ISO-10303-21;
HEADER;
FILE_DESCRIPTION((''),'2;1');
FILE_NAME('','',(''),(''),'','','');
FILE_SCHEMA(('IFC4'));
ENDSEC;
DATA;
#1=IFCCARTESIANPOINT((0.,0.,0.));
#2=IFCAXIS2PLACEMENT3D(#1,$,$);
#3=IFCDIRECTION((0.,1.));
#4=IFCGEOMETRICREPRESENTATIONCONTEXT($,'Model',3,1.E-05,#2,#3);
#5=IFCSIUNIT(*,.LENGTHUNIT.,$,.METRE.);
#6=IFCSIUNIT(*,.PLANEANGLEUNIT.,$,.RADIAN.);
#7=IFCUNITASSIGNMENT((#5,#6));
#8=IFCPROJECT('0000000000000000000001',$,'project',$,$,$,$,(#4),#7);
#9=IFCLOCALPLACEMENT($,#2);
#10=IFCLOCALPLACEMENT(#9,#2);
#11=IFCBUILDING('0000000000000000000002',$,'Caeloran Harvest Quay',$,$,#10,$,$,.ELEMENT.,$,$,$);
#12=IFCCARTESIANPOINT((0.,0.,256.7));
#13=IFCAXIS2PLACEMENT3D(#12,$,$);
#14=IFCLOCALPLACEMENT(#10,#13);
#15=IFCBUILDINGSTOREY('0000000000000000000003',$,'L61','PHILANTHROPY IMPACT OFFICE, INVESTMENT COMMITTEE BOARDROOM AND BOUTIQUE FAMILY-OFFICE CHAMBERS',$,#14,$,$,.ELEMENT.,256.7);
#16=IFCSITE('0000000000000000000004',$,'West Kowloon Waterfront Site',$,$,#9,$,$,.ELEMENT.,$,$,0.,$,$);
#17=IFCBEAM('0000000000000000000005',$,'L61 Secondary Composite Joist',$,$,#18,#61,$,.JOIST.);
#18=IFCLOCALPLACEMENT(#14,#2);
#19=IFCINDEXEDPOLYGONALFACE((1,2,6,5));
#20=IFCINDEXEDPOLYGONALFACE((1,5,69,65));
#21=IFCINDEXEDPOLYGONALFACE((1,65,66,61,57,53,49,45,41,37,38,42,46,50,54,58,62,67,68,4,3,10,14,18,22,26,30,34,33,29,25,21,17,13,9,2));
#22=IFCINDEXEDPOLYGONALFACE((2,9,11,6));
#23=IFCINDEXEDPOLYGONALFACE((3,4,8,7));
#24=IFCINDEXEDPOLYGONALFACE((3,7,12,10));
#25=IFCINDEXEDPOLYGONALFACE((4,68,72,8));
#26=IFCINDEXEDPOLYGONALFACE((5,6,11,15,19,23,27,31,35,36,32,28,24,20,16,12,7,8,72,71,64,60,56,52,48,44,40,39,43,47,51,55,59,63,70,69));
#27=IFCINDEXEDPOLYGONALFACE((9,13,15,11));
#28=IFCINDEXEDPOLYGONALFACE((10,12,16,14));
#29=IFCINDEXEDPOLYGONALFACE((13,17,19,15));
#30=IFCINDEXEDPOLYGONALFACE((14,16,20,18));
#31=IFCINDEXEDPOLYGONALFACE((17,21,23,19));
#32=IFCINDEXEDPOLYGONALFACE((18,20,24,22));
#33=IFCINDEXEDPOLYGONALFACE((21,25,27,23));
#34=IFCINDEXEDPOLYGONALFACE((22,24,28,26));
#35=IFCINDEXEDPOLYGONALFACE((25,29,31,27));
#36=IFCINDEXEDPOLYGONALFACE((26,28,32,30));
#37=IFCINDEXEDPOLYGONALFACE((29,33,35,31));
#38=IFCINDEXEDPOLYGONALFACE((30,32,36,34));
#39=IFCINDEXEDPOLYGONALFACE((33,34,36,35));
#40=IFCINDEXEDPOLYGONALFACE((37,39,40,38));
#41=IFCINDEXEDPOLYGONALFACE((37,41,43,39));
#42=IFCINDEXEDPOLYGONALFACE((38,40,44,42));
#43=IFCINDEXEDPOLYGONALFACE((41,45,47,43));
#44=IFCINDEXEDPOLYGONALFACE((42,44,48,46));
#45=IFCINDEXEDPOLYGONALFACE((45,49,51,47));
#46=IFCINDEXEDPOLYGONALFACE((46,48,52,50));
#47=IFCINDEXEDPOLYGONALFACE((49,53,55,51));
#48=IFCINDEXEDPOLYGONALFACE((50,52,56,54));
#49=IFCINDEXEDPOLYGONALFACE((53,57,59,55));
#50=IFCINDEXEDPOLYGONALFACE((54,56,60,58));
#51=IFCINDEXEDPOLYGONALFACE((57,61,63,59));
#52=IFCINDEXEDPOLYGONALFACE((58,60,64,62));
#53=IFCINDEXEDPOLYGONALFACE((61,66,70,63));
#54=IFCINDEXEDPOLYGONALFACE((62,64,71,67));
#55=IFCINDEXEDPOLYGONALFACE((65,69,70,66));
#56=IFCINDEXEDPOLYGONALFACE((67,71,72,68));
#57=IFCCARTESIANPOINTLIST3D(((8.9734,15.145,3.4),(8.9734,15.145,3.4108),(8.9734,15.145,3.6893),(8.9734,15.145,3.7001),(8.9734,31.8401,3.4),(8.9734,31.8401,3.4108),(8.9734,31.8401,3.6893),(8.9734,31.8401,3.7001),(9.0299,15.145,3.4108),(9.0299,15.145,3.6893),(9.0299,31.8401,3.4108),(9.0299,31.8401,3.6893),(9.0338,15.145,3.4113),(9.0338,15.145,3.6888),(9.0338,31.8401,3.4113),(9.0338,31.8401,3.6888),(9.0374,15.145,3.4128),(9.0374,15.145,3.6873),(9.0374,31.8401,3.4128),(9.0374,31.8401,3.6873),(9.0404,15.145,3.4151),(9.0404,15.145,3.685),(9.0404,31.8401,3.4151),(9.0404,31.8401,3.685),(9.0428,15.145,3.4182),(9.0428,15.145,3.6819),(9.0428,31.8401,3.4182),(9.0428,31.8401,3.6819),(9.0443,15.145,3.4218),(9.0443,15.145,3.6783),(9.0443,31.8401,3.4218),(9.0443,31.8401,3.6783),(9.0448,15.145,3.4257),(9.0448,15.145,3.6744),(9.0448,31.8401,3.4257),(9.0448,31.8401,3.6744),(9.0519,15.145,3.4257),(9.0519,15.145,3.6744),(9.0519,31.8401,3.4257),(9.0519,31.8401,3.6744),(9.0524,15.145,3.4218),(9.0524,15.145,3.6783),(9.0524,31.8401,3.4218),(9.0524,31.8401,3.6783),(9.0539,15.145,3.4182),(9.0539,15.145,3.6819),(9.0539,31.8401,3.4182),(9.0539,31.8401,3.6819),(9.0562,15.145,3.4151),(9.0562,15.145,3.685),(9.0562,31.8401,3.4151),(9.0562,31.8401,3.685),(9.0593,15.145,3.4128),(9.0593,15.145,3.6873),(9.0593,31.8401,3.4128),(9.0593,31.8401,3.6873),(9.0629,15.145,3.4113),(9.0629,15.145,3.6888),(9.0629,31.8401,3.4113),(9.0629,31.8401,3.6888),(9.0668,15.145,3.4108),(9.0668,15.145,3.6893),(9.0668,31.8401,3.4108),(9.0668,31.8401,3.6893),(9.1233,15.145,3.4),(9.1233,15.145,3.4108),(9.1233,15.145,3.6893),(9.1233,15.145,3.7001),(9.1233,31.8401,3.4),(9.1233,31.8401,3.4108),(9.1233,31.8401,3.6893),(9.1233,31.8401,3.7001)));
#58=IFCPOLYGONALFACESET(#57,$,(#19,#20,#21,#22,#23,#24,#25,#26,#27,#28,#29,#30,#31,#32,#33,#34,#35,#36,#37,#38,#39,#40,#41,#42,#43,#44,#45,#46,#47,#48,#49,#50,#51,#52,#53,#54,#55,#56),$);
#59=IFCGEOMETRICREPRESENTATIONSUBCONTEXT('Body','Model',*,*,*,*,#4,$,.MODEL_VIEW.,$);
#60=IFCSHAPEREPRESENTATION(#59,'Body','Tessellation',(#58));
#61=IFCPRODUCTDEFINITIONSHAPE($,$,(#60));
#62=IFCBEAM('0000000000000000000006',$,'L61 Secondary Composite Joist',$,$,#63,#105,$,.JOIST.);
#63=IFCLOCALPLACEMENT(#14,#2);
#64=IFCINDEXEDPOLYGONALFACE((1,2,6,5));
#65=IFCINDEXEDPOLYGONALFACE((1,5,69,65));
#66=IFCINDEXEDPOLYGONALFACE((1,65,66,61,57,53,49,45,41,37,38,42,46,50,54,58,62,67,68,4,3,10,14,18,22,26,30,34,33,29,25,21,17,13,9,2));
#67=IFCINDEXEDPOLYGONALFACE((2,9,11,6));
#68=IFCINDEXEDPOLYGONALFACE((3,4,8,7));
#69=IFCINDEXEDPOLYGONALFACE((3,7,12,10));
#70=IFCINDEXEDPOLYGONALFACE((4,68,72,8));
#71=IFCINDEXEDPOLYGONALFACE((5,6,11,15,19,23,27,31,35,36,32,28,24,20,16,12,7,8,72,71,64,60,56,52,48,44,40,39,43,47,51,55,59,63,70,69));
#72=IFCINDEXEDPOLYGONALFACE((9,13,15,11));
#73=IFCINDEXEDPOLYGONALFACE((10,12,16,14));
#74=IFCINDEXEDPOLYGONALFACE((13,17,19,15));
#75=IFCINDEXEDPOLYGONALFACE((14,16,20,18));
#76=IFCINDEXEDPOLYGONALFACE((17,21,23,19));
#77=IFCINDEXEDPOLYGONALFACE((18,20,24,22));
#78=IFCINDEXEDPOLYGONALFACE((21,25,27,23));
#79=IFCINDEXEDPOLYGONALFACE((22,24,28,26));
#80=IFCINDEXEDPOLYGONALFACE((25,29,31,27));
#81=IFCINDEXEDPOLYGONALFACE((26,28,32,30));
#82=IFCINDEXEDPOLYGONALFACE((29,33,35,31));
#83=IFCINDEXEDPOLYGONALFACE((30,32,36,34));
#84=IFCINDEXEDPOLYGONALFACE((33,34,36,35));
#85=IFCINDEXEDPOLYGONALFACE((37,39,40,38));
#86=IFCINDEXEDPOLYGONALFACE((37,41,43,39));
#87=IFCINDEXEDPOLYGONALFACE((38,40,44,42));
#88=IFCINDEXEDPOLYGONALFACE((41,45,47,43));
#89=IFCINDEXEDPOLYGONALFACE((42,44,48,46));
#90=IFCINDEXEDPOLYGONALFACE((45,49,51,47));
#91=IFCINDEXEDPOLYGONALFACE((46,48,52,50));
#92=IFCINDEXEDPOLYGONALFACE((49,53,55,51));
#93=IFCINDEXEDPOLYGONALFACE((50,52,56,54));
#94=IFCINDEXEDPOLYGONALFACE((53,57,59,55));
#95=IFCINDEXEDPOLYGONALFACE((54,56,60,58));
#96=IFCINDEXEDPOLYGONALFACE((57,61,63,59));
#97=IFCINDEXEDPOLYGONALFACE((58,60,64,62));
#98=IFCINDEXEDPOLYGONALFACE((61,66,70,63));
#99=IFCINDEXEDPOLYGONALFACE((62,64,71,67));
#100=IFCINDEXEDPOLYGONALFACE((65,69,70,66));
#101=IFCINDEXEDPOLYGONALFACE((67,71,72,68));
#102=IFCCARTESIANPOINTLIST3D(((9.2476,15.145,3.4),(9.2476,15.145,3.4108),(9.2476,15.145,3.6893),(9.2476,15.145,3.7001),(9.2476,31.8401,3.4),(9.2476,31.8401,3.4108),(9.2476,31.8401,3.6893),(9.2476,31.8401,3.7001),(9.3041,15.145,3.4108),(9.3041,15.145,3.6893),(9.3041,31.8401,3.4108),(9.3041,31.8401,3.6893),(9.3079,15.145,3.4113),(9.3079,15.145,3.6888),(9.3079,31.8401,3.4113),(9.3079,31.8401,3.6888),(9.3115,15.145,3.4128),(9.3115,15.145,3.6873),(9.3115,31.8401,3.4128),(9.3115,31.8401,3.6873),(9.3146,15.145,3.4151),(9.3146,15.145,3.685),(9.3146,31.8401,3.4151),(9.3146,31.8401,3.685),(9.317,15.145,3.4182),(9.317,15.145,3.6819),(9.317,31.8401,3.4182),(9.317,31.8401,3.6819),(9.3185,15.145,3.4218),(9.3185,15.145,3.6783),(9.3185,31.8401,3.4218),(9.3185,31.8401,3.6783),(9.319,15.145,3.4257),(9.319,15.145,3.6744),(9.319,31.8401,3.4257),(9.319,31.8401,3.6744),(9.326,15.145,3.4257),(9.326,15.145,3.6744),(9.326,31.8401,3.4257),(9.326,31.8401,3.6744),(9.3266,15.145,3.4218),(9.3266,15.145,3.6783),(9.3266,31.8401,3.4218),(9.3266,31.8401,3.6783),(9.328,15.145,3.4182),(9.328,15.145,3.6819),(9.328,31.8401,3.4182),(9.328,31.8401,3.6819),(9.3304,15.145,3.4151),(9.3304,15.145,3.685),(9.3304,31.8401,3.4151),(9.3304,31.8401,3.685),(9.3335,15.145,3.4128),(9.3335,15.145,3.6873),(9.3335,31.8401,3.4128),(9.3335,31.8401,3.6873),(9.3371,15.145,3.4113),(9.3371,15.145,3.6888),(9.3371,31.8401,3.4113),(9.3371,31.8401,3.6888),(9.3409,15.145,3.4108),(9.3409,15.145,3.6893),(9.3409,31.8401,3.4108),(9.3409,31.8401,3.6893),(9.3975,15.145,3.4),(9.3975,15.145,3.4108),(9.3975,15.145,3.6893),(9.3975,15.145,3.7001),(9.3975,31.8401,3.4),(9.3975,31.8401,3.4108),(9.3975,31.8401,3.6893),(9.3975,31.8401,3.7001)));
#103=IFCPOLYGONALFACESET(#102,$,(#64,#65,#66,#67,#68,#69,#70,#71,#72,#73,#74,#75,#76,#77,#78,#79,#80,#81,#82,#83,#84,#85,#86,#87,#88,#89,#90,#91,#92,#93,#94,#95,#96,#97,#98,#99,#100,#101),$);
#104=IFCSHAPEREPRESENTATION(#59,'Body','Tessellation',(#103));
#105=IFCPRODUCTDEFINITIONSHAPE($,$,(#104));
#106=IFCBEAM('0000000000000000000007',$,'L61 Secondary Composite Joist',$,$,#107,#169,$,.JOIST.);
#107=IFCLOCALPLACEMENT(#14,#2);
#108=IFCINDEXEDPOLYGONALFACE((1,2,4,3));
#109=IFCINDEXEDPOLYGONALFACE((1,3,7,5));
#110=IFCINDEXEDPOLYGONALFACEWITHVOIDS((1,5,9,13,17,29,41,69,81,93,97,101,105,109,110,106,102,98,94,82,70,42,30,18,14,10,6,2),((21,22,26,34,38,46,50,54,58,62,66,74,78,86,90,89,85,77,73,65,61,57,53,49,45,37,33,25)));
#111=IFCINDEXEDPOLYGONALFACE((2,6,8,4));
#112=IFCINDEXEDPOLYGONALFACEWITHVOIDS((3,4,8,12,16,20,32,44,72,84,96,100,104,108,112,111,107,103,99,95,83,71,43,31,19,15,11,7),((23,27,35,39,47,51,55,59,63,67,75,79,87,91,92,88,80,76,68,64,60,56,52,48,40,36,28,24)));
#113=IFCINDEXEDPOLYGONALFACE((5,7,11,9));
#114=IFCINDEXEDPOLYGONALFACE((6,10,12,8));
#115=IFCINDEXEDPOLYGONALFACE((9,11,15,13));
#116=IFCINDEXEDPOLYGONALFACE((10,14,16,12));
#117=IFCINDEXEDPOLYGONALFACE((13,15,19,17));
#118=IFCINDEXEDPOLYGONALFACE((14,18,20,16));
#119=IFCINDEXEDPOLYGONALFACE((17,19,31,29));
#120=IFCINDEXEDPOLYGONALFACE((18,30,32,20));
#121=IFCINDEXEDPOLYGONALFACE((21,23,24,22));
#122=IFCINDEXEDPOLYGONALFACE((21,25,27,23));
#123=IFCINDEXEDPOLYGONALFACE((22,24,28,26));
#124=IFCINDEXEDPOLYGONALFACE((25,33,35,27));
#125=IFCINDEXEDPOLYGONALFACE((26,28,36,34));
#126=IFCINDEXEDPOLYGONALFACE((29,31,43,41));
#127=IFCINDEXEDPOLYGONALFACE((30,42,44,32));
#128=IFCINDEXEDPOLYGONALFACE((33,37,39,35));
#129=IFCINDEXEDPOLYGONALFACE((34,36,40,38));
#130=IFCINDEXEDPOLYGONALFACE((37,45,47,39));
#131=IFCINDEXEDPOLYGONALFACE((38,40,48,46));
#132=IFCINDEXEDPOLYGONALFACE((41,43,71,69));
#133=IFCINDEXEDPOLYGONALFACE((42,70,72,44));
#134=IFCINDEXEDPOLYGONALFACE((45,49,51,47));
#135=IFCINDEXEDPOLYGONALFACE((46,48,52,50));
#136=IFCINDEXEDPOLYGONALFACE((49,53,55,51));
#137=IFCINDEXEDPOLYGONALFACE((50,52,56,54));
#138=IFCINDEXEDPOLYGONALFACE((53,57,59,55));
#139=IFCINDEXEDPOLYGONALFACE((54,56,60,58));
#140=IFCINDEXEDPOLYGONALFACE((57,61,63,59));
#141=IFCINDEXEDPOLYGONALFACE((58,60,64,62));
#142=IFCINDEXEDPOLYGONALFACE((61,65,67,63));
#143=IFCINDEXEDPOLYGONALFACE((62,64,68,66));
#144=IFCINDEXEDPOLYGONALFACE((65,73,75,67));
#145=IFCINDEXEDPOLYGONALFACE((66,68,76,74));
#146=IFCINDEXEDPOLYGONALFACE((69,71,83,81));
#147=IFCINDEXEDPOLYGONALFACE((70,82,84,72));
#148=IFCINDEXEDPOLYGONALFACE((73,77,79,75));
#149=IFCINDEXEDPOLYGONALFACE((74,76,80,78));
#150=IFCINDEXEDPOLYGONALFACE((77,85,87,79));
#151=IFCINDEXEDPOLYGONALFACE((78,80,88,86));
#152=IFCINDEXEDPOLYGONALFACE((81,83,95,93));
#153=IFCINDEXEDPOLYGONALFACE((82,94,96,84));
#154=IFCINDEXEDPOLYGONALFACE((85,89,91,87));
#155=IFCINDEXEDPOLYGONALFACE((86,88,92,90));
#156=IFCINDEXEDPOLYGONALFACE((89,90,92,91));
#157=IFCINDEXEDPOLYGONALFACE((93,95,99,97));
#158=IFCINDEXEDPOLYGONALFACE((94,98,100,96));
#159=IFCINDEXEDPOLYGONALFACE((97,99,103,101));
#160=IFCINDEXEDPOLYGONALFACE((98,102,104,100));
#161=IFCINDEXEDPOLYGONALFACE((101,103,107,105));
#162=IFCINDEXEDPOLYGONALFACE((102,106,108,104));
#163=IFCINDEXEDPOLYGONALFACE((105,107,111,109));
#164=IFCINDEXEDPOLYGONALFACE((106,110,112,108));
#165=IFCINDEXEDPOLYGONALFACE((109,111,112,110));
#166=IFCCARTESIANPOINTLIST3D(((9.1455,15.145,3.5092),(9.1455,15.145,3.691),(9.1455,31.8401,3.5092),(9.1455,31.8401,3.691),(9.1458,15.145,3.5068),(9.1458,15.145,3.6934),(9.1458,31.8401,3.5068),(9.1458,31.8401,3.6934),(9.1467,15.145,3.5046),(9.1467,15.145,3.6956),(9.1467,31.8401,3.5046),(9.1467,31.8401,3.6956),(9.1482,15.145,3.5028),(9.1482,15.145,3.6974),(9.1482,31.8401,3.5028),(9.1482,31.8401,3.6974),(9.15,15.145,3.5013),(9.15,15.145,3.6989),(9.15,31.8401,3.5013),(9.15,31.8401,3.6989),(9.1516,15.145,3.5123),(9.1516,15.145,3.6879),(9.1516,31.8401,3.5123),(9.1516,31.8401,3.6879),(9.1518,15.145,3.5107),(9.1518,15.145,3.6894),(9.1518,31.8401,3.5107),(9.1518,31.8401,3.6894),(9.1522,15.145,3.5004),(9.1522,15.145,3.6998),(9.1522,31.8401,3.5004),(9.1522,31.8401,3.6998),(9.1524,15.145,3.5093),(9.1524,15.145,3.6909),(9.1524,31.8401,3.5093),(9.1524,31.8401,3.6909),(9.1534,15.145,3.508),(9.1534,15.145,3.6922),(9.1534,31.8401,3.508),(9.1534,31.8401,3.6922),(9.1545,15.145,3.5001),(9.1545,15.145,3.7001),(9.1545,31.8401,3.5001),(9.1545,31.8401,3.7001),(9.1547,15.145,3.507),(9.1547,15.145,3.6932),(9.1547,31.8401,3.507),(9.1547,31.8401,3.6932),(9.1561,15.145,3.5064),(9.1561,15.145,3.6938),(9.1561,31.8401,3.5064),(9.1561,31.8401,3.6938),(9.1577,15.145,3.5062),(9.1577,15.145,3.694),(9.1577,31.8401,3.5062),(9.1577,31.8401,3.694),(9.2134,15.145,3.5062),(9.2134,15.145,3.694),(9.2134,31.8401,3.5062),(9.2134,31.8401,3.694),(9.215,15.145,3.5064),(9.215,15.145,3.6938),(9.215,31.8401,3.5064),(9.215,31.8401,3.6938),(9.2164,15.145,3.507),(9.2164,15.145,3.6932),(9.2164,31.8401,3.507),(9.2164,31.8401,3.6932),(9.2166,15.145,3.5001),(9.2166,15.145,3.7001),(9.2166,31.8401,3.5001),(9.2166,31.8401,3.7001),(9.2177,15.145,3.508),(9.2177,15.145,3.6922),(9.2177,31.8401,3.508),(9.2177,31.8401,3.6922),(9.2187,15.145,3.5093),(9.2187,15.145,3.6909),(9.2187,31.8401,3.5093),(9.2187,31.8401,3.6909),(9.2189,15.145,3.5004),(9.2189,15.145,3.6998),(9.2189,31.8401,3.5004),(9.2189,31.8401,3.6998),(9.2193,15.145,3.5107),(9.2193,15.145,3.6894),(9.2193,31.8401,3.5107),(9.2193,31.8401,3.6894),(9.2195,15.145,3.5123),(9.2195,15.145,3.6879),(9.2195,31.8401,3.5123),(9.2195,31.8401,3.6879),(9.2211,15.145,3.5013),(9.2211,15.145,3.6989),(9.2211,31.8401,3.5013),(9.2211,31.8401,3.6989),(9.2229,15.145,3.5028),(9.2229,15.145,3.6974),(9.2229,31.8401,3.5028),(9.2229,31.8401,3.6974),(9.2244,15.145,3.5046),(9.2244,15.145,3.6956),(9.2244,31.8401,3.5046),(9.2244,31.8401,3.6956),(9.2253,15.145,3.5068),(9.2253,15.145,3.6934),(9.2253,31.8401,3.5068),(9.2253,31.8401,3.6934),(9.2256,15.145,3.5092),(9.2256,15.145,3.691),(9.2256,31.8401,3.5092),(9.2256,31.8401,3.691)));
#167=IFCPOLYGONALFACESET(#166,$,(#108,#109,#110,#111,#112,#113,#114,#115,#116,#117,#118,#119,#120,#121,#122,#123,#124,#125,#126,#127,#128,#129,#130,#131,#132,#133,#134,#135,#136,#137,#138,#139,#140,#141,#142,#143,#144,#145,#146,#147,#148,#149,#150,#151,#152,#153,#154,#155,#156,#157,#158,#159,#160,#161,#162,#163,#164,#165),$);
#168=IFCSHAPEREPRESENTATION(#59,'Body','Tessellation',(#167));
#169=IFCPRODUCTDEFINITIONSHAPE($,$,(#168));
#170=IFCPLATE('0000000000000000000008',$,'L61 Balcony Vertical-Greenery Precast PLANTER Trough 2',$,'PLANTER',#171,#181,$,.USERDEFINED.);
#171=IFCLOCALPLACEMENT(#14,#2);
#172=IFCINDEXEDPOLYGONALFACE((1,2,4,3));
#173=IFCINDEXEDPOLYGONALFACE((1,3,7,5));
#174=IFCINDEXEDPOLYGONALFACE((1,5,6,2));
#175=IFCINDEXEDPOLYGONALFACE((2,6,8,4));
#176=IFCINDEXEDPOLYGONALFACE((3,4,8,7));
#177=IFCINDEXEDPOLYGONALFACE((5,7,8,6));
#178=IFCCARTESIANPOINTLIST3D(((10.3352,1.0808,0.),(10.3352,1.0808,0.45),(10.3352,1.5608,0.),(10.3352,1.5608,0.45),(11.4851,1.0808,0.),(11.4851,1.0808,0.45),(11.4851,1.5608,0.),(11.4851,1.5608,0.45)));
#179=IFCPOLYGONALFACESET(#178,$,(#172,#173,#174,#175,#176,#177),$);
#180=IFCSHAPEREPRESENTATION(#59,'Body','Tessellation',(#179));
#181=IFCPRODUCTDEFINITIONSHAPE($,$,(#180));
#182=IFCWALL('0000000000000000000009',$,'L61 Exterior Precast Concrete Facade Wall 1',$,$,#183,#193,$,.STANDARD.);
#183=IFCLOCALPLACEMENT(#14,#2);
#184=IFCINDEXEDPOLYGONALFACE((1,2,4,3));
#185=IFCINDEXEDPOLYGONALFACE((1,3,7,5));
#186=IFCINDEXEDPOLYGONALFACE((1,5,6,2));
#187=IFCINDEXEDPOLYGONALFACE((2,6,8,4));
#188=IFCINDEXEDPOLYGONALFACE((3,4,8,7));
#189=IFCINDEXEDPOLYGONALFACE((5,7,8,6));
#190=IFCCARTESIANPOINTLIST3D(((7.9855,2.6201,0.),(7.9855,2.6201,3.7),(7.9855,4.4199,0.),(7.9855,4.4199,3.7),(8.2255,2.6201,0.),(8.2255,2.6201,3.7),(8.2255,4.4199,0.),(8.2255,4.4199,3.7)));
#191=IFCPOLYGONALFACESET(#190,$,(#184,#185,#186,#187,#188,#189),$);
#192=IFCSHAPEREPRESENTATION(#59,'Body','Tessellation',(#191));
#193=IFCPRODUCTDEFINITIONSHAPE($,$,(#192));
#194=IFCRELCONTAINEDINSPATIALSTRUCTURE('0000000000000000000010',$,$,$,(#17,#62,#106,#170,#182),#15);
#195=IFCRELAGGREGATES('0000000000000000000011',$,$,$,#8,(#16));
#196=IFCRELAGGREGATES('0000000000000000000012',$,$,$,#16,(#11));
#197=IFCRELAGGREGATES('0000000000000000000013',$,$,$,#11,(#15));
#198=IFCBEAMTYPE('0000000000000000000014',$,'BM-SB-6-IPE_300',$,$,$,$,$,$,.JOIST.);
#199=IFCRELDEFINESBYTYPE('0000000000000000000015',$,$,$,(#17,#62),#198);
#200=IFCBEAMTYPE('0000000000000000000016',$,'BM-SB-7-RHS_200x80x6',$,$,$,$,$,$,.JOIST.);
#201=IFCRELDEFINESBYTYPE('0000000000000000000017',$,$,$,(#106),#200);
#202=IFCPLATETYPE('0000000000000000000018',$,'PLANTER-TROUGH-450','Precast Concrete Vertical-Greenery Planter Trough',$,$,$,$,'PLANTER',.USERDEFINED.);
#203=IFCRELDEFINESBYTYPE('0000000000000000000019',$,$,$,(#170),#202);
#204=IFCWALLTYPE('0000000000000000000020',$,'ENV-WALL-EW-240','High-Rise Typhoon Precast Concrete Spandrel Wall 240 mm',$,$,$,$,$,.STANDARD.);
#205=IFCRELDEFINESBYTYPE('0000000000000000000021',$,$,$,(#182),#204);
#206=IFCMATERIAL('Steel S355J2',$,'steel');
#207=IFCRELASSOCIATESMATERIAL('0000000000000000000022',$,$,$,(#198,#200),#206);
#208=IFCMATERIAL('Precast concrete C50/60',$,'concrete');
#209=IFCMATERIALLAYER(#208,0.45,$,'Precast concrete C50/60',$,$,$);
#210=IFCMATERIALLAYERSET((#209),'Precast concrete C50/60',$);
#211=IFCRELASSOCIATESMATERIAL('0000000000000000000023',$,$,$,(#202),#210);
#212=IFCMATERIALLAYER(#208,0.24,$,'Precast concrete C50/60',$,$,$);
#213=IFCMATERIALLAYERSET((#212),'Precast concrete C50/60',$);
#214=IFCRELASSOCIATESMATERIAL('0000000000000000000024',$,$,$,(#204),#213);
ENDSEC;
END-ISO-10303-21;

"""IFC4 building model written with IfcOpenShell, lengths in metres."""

from ifc_helpers import new_model, si_unit, direction, frame, frame_2d, origin, origin_2d, place, context, subcontext, project, spatial, rectangle, hollow_rectangle, i_section, extrude, material, layer, layer_set, material_profile, profile_set, type_object, element, save


model = new_model("IFC4")

# Units and contexts
model_context = context("Model", 3, precision=1e-05, world=origin(), true_north=direction((0.0, 1.0)))
body_context = subcontext(model_context, "Body", "Model", "MODEL_VIEW")
ifc_project = project(units=[si_unit("LENGTHUNIT", "METRE"), si_unit("PLANEANGLEUNIT", "RADIAN")], contexts=[model_context])

# Site, building, storey
site_placement = place(None, origin())
site = spatial("IfcSite", under=ifc_project, at=site_placement, Name="West Kowloon Waterfront Site", CompositionType="ELEMENT", RefElevation=0.0)
building_placement = place(site_placement, origin())
building = spatial("IfcBuilding", under=site, at=building_placement, Name="Caeloran Harvest Quay", CompositionType="ELEMENT")
storey_placement = place(building_placement, frame((0.0, 0.0, 256.7)))
storey = spatial("IfcBuildingStorey", under=building, at=storey_placement, Name="L61", Description="PHILANTHROPY IMPACT OFFICE, INVESTMENT COMMITTEE BOARDROOM AND BOUTIQUE FAMILY-OFFICE CHAMBERS", CompositionType="ELEMENT", Elevation=256.7)

# Beams
ifc_material_1 = material(Name="Steel S355J2", Category="steel")
ifc_material_profile_1 = material_profile(ifc_material_1, i_section(OverallWidth=0.1499, OverallDepth=0.3, WebThickness=0.0071, FlangeThickness=0.0107, FilletRadius=0.0149, at=origin_2d()), Name="IPE 300")
ifc_profile_set_1 = profile_set([ifc_material_profile_1], Name="Steel S355J2")
beam_type_1 = type_object("IfcBeamType", Name="BM-SB-6-IPE_300", PredefinedType="JOIST", material=ifc_profile_set_1)
for number, where, z_axis, x_axis, name in (
    (1, (9.0483, 15.145, 3.55), (0.0, 1.0, 0.0), (-1.0, 0.0, 0.0), "L61 Secondary Composite Joist"),
    (2, (9.3225, 15.145, 3.55), (0.0, 1.0, 0.0), (-1.0, 0.0, 0.0), "L61 Secondary Composite Joist"),
):
    element("IfcBeam", number, at=place(storey_placement, frame(where, z_axis=z_axis, x_axis=x_axis)), inside=storey, type_object=beam_type_1, Name=name, PredefinedType="JOIST", context=body_context, shape_type="SweptSolid", body=[
        extrude(i_section(OverallWidth=0.1499, OverallDepth=0.3, WebThickness=0.0071, FlangeThickness=0.0107, FilletRadius=0.0149, at=origin_2d()), origin(), (0.0, 0.0, 1.0), 16.6951),
    ])
ifc_material_profile_2 = material_profile(ifc_material_1, hollow_rectangle(XDim=0.0801, YDim=0.2, WallThickness=0.0061, InnerFilletRadius=0.0061, OuterFilletRadius=0.009, at=origin_2d()), Name="RHS 200x80x6")
ifc_profile_set_2 = profile_set([ifc_material_profile_2], Name="Steel S355J2")
beam_type_2 = type_object("IfcBeamType", Name="BM-SB-7-RHS_200x80x6", PredefinedType="JOIST", material=ifc_profile_set_2)
beam_1_placement = place(storey_placement, frame((9.1855, 15.145, 3.6001), z_axis=(0.0, 1.0, 0.0), x_axis=(-1.0, 0.0, 0.0)))
element("IfcBeam", 3, at=beam_1_placement, inside=storey, type_object=beam_type_2, Name="L61 Secondary Composite Joist", PredefinedType="JOIST", context=body_context, shape_type="SweptSolid", body=[
    extrude(hollow_rectangle(XDim=0.0801, YDim=0.2, WallThickness=0.0061, InnerFilletRadius=0.0061, OuterFilletRadius=0.009, at=origin_2d()), origin(), (0.0, 0.0, 1.0), 16.6951),
])

# Plate
ifc_material_2 = material(Name="Precast concrete C50/60", Category="concrete")
ifc_layer_1 = layer(ifc_material_2, 0.45, Name="Precast concrete C50/60")
ifc_layer_set_1 = layer_set([ifc_layer_1], Name="Precast concrete C50/60")
plate_type = type_object("IfcPlateType", Name="PLANTER-TROUGH-450", Description="Precast Concrete Vertical-Greenery Planter Trough", ElementType="PLANTER", PredefinedType="USERDEFINED", material=ifc_layer_set_1)
plate_placement = place(storey_placement, frame((10.9102, 1.3208, 0.0), z_axis=(0.0, 0.0, 1.0), x_axis=(1.0, 0.0, 0.0)))
element("IfcPlate", 4, at=plate_placement, inside=storey, type_object=plate_type, Name="L61 Balcony Vertical-Greenery Precast PLANTER Trough 2", ObjectType="PLANTER", PredefinedType="USERDEFINED", context=body_context, shape_type="SweptSolid", body=[
    extrude(rectangle(XDim=1.1499, YDim=0.48, at=origin_2d()), origin(), (0.0, 0.0, 1.0), 0.45),
])

# Wall
ifc_layer_2 = layer(ifc_material_2, 0.24, Name="Precast concrete C50/60")
ifc_layer_set_2 = layer_set([ifc_layer_2], Name="Precast concrete C50/60")
wall_type_1 = type_object("IfcWallType", Name="ENV-WALL-EW-240", Description="High-Rise Typhoon Precast Concrete Spandrel Wall 240 mm", PredefinedType="STANDARD", material=ifc_layer_set_2)
wall_1_placement = place(storey_placement, frame((8.1055, 2.6201, 0.0), z_axis=(0.0, 0.0, 1.0), x_axis=(0.0, 1.0, 0.0)))
element("IfcWall", 5, at=wall_1_placement, inside=storey, type_object=wall_type_1, Name="L61 Exterior Precast Concrete Facade Wall 1", PredefinedType="STANDARD", context=body_context, shape_type="SweptSolid", body=[
    extrude(rectangle(XDim=1.7998, YDim=0.24, at=frame_2d((0.8999, 0.0))), origin(), (0.0, 0.0, 1.0), 3.7),
])

save(model, "model.ifc")
